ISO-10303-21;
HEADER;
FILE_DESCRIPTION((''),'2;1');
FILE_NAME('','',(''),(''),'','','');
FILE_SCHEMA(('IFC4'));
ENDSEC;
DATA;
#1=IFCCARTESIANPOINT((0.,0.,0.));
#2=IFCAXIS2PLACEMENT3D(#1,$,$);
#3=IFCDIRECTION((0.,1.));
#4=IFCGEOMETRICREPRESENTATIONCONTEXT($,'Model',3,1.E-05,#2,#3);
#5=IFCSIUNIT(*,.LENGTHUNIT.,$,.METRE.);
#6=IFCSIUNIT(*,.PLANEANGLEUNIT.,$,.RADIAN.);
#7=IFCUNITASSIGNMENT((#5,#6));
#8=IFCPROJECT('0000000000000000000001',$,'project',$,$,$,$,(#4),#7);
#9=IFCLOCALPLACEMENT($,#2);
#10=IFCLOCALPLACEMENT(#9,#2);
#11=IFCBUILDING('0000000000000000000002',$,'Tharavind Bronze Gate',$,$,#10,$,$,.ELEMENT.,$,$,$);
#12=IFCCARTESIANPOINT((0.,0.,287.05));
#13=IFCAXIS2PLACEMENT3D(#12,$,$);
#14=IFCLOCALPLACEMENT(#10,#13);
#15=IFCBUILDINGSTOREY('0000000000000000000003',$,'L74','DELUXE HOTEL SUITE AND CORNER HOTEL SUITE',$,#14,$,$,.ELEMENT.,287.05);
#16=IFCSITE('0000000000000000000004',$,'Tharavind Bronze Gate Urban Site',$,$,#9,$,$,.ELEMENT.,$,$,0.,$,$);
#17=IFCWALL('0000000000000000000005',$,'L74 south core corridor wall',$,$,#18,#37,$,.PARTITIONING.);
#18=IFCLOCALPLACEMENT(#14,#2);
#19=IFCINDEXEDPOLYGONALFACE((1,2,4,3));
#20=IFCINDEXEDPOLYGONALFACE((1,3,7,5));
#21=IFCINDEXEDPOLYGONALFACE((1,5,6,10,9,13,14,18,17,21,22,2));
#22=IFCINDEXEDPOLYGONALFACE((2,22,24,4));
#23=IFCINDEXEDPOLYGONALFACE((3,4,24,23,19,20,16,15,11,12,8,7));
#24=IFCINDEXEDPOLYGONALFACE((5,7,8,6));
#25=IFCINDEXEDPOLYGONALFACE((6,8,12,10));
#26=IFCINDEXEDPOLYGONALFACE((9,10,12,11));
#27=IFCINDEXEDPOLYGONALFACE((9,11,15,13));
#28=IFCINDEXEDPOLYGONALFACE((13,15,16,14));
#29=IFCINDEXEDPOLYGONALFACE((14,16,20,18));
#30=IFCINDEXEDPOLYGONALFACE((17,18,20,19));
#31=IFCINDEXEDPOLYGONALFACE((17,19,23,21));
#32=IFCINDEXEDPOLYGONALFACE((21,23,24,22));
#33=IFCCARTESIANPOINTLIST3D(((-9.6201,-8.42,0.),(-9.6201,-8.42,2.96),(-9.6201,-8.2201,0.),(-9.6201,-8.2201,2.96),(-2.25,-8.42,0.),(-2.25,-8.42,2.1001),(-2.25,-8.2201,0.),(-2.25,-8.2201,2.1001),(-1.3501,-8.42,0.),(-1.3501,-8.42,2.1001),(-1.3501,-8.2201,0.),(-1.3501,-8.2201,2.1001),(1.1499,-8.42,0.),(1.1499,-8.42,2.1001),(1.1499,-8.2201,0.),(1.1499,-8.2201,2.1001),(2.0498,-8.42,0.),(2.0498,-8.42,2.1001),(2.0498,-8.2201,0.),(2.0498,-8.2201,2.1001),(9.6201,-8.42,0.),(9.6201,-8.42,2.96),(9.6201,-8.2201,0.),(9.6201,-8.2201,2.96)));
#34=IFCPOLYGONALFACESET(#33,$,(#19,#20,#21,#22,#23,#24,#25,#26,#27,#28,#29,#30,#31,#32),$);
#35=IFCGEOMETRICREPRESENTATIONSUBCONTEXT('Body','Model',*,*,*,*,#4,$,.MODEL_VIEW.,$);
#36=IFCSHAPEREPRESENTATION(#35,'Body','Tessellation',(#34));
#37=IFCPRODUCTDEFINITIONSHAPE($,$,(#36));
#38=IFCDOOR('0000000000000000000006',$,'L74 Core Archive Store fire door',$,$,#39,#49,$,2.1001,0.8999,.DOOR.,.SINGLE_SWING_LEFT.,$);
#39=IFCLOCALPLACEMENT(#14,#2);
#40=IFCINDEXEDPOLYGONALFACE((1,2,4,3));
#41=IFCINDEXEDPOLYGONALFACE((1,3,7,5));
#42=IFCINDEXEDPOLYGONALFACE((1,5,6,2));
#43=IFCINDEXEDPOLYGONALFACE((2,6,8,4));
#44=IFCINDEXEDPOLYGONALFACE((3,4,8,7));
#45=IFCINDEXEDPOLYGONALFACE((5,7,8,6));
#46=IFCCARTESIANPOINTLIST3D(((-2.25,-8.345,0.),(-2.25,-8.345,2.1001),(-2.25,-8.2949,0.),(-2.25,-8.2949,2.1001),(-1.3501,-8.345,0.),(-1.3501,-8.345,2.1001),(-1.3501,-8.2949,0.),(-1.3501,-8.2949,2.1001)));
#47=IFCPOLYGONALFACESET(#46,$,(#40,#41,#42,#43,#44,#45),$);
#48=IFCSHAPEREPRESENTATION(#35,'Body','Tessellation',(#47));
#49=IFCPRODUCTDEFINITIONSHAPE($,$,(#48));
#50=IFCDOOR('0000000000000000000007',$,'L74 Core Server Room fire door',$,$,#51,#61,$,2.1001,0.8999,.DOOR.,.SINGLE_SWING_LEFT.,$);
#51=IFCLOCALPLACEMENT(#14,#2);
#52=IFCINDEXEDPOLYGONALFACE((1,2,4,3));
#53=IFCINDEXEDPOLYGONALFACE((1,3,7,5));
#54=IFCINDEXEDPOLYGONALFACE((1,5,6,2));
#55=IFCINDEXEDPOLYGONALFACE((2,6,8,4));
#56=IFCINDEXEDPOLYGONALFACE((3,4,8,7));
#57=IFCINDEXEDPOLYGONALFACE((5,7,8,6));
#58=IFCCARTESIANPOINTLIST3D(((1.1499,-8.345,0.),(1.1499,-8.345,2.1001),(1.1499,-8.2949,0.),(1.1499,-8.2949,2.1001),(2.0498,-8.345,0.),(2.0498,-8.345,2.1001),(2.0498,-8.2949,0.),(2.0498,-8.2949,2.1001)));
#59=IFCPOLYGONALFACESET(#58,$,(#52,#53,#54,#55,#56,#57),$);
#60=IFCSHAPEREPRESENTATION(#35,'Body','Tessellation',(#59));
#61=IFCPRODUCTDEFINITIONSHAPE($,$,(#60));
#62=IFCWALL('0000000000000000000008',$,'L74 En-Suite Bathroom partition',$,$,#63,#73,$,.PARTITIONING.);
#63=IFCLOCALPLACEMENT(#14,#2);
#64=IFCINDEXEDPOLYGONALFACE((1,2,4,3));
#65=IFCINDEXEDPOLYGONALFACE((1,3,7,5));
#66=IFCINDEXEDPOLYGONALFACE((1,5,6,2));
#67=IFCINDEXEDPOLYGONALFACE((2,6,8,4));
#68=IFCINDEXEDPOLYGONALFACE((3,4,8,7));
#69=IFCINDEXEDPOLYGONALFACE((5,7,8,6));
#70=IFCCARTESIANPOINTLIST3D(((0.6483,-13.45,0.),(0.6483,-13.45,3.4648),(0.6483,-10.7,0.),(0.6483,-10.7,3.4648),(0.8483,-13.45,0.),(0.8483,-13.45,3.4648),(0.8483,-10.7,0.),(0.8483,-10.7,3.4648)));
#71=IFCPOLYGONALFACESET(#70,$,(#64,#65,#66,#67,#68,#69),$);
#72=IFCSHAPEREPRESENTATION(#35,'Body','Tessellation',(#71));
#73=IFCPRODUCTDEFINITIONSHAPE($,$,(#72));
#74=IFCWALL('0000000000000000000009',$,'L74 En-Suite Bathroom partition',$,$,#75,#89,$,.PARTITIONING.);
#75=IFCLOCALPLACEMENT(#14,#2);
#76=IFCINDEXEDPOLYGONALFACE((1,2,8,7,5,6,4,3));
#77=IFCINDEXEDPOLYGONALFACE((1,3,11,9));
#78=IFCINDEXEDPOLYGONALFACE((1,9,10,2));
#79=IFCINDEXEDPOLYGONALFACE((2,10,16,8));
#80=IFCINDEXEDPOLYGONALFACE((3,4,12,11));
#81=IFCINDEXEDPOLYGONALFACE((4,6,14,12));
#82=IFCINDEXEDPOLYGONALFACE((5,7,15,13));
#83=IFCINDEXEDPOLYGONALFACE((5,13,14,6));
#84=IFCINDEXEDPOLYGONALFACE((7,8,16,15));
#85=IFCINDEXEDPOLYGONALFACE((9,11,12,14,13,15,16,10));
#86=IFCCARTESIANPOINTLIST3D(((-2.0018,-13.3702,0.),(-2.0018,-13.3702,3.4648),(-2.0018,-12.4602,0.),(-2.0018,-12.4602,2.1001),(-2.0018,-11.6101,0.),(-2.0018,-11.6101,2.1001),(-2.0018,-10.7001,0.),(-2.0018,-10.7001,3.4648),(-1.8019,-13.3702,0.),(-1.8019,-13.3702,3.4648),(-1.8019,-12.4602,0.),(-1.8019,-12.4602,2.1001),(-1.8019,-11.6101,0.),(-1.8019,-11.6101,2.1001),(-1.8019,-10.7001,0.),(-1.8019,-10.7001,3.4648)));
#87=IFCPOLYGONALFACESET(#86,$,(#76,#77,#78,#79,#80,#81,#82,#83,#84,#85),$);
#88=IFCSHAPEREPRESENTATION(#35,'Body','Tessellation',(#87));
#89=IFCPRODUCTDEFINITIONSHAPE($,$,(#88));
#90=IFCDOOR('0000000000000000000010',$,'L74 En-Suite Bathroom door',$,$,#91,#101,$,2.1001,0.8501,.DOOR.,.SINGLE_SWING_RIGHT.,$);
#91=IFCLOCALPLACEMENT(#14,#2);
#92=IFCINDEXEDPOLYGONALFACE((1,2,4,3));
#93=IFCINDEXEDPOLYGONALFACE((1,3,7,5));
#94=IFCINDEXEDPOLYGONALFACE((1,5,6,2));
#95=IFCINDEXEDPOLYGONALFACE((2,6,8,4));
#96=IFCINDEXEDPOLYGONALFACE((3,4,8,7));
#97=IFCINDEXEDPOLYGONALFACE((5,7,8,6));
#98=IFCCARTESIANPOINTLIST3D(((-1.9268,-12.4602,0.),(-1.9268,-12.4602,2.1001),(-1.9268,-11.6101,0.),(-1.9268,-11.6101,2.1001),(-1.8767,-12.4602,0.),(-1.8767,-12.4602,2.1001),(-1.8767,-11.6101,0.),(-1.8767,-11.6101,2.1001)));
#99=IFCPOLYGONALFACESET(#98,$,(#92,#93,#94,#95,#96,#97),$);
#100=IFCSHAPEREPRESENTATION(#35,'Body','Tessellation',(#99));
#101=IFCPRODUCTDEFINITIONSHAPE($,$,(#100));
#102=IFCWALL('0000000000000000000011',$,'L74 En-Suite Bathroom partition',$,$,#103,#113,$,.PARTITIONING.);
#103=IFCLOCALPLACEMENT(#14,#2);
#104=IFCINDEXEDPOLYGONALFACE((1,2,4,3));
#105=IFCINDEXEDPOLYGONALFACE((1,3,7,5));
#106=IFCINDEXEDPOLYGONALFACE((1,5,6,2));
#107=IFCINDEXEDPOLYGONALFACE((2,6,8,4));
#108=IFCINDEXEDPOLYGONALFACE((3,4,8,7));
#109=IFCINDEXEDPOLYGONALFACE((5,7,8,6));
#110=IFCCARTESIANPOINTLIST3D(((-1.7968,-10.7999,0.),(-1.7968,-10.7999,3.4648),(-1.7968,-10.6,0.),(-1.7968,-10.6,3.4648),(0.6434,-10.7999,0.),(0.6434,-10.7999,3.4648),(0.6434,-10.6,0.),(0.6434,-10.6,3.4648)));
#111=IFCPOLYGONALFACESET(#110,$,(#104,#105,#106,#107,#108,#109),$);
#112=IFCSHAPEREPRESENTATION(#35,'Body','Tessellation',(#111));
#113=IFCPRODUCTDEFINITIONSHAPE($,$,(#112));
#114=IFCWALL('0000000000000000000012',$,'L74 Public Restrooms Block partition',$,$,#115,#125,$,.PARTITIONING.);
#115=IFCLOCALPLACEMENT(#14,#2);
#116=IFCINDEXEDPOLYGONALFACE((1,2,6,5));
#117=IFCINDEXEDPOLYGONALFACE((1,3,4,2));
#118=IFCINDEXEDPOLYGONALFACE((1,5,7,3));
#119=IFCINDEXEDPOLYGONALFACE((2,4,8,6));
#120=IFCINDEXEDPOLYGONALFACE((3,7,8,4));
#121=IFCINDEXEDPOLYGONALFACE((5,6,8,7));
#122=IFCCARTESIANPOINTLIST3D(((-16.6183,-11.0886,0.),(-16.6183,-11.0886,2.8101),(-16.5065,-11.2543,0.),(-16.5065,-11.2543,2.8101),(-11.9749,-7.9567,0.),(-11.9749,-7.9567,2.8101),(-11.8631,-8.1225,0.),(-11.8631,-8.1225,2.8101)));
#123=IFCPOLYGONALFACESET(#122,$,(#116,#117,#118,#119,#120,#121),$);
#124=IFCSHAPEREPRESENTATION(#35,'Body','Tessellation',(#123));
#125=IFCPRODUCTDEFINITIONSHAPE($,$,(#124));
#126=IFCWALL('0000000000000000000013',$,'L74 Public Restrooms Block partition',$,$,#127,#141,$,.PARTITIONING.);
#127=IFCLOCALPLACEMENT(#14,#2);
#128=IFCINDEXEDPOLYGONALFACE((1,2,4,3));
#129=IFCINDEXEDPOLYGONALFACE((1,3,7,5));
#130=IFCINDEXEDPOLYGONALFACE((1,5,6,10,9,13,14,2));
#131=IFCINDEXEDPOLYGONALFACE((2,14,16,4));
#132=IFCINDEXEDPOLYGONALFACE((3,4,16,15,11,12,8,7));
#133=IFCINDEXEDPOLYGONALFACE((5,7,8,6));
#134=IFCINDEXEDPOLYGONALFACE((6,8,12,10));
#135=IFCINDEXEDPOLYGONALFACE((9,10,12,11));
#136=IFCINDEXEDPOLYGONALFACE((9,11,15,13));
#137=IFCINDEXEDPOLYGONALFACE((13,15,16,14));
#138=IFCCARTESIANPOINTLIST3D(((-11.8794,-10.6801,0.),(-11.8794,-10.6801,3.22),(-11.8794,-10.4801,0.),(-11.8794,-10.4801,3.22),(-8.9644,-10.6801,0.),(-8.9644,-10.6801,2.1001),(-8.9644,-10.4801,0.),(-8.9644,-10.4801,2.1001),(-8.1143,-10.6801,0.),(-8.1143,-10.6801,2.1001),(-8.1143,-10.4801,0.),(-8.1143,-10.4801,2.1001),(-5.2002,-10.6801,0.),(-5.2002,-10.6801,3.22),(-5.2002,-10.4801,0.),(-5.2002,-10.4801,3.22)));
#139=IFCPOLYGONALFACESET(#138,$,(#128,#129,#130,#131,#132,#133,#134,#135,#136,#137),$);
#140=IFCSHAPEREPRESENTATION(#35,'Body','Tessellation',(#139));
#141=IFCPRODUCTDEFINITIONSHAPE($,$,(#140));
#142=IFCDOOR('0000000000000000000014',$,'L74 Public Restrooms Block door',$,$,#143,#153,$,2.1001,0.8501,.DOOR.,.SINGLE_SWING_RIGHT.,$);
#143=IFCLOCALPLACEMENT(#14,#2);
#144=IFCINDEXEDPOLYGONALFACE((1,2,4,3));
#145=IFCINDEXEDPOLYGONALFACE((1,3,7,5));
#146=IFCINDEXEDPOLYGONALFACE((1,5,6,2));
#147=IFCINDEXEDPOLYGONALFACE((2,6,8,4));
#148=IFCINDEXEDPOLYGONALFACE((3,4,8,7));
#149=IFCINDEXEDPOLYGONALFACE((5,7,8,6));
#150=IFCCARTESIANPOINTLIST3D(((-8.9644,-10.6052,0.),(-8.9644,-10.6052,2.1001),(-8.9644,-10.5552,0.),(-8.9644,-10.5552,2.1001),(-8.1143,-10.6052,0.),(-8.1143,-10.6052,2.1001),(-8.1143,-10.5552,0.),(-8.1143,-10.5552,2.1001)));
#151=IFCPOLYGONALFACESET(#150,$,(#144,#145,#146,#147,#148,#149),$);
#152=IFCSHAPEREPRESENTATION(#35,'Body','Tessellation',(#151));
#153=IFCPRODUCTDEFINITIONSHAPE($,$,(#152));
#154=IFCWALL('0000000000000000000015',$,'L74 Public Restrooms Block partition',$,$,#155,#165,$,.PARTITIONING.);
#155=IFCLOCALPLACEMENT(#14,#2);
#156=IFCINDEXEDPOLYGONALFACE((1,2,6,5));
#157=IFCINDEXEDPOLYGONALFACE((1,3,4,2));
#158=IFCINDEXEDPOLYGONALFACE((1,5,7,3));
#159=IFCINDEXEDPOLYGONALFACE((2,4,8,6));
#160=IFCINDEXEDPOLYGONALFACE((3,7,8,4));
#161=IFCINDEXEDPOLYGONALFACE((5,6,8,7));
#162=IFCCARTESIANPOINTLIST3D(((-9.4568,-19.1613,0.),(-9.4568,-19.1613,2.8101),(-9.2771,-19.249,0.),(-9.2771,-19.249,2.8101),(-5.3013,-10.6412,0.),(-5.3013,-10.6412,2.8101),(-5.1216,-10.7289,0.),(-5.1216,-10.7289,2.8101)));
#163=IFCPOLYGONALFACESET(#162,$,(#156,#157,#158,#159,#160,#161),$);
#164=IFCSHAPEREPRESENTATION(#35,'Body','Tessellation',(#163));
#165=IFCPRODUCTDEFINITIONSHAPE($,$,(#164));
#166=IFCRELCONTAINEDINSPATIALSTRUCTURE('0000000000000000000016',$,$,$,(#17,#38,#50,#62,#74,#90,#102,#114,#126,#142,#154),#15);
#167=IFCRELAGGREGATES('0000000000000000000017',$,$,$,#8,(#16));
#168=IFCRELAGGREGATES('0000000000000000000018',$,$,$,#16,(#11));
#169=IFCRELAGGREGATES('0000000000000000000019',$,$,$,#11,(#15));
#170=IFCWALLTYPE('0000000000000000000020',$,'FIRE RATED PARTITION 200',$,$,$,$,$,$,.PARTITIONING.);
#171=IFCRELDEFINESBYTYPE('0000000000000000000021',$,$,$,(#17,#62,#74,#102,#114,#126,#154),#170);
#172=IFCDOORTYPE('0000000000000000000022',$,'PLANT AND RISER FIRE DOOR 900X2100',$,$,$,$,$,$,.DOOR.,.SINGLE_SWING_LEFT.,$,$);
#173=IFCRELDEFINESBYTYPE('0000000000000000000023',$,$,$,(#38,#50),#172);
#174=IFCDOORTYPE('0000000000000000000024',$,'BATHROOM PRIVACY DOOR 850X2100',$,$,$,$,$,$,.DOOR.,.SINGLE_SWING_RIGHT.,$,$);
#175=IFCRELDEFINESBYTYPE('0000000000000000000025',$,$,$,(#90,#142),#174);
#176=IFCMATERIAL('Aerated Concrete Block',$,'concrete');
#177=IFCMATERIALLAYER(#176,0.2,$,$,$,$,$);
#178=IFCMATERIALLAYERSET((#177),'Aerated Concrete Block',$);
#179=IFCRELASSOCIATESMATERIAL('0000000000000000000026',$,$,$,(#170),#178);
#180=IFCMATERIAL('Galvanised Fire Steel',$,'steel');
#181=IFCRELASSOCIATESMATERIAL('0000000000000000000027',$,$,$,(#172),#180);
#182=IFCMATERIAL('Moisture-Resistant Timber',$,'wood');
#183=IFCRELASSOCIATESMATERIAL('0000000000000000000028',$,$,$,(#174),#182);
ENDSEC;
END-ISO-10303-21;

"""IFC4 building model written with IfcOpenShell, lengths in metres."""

from ifc_helpers import new_model, si_unit, direction, frame, frame_2d, origin, place, context, subcontext, project, spatial, rectangle, extrude, material, layer, layer_set, type_object, element, fill, save


model = new_model("IFC4")

# Units and contexts
model_context = context("Model", 3, precision=1e-05, world=origin(), true_north=direction((0.0, 1.0)))
body_context = subcontext(model_context, "Body", "Model", "MODEL_VIEW")
ifc_project = project(units=[si_unit("LENGTHUNIT", "METRE"), si_unit("PLANEANGLEUNIT", "RADIAN")], contexts=[model_context])

# Site, building, storey
site_placement = place(None, origin())
site = spatial("IfcSite", under=ifc_project, at=site_placement, Name="Tharavind Bronze Gate Urban Site", CompositionType="ELEMENT", RefElevation=0.0)
building_placement = place(site_placement, origin())
building = spatial("IfcBuilding", under=site, at=building_placement, Name="Tharavind Bronze Gate", CompositionType="ELEMENT")
storey_placement = place(building_placement, frame((0.0, 0.0, 287.05)))
storey = spatial("IfcBuildingStorey", under=building, at=storey_placement, Name="L74", Description="DELUXE HOTEL SUITE AND CORNER HOTEL SUITE", CompositionType="ELEMENT", Elevation=287.05)

# Wall, openings, doors
ifc_material_1 = material(Name="Aerated Concrete Block", Category="concrete")
ifc_layer_1 = layer(ifc_material_1, 0.2)
ifc_layer_set_1 = layer_set([ifc_layer_1], Name="Aerated Concrete Block")
wall_type_1 = type_object("IfcWallType", Name="FIRE RATED PARTITION 200", PredefinedType="PARTITIONING", material=ifc_layer_set_1)
wall_1_placement = place(storey_placement, frame((-9.6201, -8.3201, 0.0), z_axis=(0.0, 0.0, 1.0), x_axis=(1.0, 0.0, 0.0)))
wall_1 = element("IfcWall", 1, at=wall_1_placement, inside=storey, type_object=wall_type_1, Name="L74 south core corridor wall", PredefinedType="PARTITIONING", context=body_context, shape_type="SweptSolid", body=[
    extrude(rectangle(XDim=19.2402, YDim=0.2, at=frame_2d((9.6201, 0.0))), origin(), (0.0, 0.0, 1.0), 2.96),
])
opening_1_placement = place(wall_1_placement, frame((7.3701, 0.0, 0.0)))
opening_1 = element("IfcOpeningElement", 2, at=opening_1_placement, cuts=wall_1, PredefinedType="OPENING", context=body_context, shape_type="SweptSolid", body=[
    extrude(rectangle(XDim=0.8999, YDim=2.1001, at=frame_2d((0.45, 1.05))), frame((0.0, 0.1101, 0.0), z_axis=(0.0, -1.0, 0.0), x_axis=(1.0, 0.0, 0.0)), (0.0, 0.0, 1.0), 0.22),
])
opening_2_placement = place(wall_1_placement, frame((10.77, 0.0, 0.0)))
opening_2 = element("IfcOpeningElement", 3, at=opening_2_placement, cuts=wall_1, PredefinedType="OPENING", context=body_context, shape_type="SweptSolid", body=[
    extrude(rectangle(XDim=0.8999, YDim=2.1001, at=frame_2d((0.45, 1.05))), frame((0.0, 0.1101, 0.0), z_axis=(0.0, -1.0, 0.0), x_axis=(1.0, 0.0, 0.0)), (0.0, 0.0, 1.0), 0.22),
])
ifc_material_2 = material(Name="Galvanised Fire Steel", Category="steel")
door_type_1 = type_object("IfcDoorType", Name="PLANT AND RISER FIRE DOOR 900X2100", OperationType="SINGLE_SWING_LEFT", PredefinedType="DOOR", material=ifc_material_2)
door_1_placement = place(opening_1_placement, frame((0.8999, 0.0, 0.0), z_axis=(0.0, 0.0, 1.0), x_axis=(-1.0, 0.0, 0.0)))
door_1 = element("IfcDoor", 4, at=door_1_placement, inside=storey, type_object=door_type_1, Name="L74 Core Archive Store fire door", OperationType="SINGLE_SWING_LEFT", OverallHeight=2.1001, OverallWidth=0.8999, PredefinedType="DOOR", context=body_context, shape_type="SweptSolid", body=[
    extrude(rectangle(XDim=0.8999, YDim=2.1001, at=frame_2d((0.45, 1.05))), frame((0.0, 0.0249, 0.0), z_axis=(0.0, -1.0, 0.0), x_axis=(1.0, 0.0, 0.0)), (0.0, 0.0, 1.0), 0.05),
])
fill(opening_1, door_1)
door_2_placement = place(opening_2_placement, frame((0.8999, 0.0, 0.0), z_axis=(0.0, 0.0, 1.0), x_axis=(-1.0, 0.0, 0.0)))
door_2 = element("IfcDoor", 5, at=door_2_placement, inside=storey, type_object=door_type_1, Name="L74 Core Server Room fire door", OperationType="SINGLE_SWING_LEFT", OverallHeight=2.1001, OverallWidth=0.8999, PredefinedType="DOOR", context=body_context, shape_type="SweptSolid", body=[
    extrude(rectangle(XDim=0.8999, YDim=2.1001, at=frame_2d((0.45, 1.05))), frame((0.0, 0.0249, 0.0), z_axis=(0.0, -1.0, 0.0), x_axis=(1.0, 0.0, 0.0)), (0.0, 0.0, 1.0), 0.05),
])
fill(opening_2, door_2)

# Wall
wall_2_placement = place(storey_placement, frame((0.7483, -10.7, 0.0), z_axis=(0.0, 0.0, 1.0), x_axis=(0.0, -1.0, 0.0)))
element("IfcWall", 6, at=wall_2_placement, inside=storey, type_object=wall_type_1, Name="L74 En-Suite Bathroom partition", PredefinedType="PARTITIONING", context=body_context, shape_type="SweptSolid", body=[
    extrude(rectangle(XDim=2.75, YDim=0.2, at=frame_2d((1.375, 0.0))), origin(), (0.0, 0.0, 1.0), 3.4648),
])

# Wall, opening, door
wall_3_placement = place(storey_placement, frame((-1.9019, -13.3701, 0.0), z_axis=(0.0, 0.0, 1.0), x_axis=(0.0, 1.0, 0.0)))
wall_3 = element("IfcWall", 7, at=wall_3_placement, inside=storey, type_object=wall_type_1, Name="L74 En-Suite Bathroom partition", PredefinedType="PARTITIONING", context=body_context, shape_type="SweptSolid", body=[
    extrude(rectangle(XDim=2.6702, YDim=0.2, at=frame_2d((1.335, 0.0))), origin(), (0.0, 0.0, 1.0), 3.4648),
])
opening_3_placement = place(wall_3_placement, frame((0.9099, 0.0, 0.0)))
opening_3 = element("IfcOpeningElement", 8, at=opening_3_placement, cuts=wall_3, PredefinedType="OPENING", context=body_context, shape_type="SweptSolid", body=[
    extrude(rectangle(XDim=0.8501, YDim=2.1001, at=frame_2d((0.425, 1.05))), frame((0.0, 0.1101, 0.0), z_axis=(0.0, -1.0, 0.0), x_axis=(1.0, 0.0, 0.0)), (0.0, 0.0, 1.0), 0.22),
])
ifc_material_3 = material(Name="Moisture-Resistant Timber", Category="wood")
door_type_2 = type_object("IfcDoorType", Name="BATHROOM PRIVACY DOOR 850X2100", OperationType="SINGLE_SWING_RIGHT", PredefinedType="DOOR", material=ifc_material_3)
door_3_placement = place(opening_3_placement, origin())
door_3 = element("IfcDoor", 9, at=door_3_placement, inside=storey, type_object=door_type_2, Name="L74 En-Suite Bathroom door", OperationType="SINGLE_SWING_RIGHT", OverallHeight=2.1001, OverallWidth=0.8501, PredefinedType="DOOR", context=body_context, shape_type="SweptSolid", body=[
    extrude(rectangle(XDim=0.8501, YDim=2.1001, at=frame_2d((0.425, 1.05))), frame((0.0, 0.0249, 0.0), z_axis=(0.0, -1.0, 0.0), x_axis=(1.0, 0.0, 0.0)), (0.0, 0.0, 1.0), 0.05),
])
fill(opening_3, door_3)

# Walls
wall_4_placement = place(storey_placement, frame((-1.7969, -10.7, 0.0), z_axis=(0.0, 0.0, 1.0), x_axis=(1.0, 0.0, 0.0)))
element("IfcWall", 10, at=wall_4_placement, inside=storey, type_object=wall_type_1, Name="L74 En-Suite Bathroom partition", PredefinedType="PARTITIONING", context=body_context, shape_type="SweptSolid", body=[
    extrude(rectangle(XDim=2.4402, YDim=0.2, at=frame_2d((1.2202, 0.0))), origin(), (0.0, 0.0, 1.0), 3.4648),
])
wall_5_placement = place(storey_placement, frame((-16.5623, -11.1714, 0.0), z_axis=(0.0, 0.0, 1.0), x_axis=(0.829047, 0.559179, 0.0)))
element("IfcWall", 11, at=wall_5_placement, inside=storey, type_object=wall_type_1, Name="L74 Public Restrooms Block partition", PredefinedType="PARTITIONING", context=body_context, shape_type="SweptSolid", body=[
    extrude(rectangle(XDim=5.6008, YDim=0.2, at=frame_2d((2.8003, 0.0))), origin(), (0.0, 0.0, 1.0), 2.8101),
])

# Wall, opening, door
wall_6_placement = place(storey_placement, frame((-11.8794, -10.5801, 0.0), z_axis=(0.0, 0.0, 1.0), x_axis=(1.0, 0.0, 0.0)))
wall_6 = element("IfcWall", 12, at=wall_6_placement, inside=storey, type_object=wall_type_1, Name="L74 Public Restrooms Block partition", PredefinedType="PARTITIONING", context=body_context, shape_type="SweptSolid", body=[
    extrude(rectangle(XDim=6.6792, YDim=0.2, at=frame_2d((3.3396, 0.0))), origin(), (0.0, 0.0, 1.0), 3.22),
])
opening_4_placement = place(wall_6_placement, frame((2.915, 0.0, 0.0)))
opening_4 = element("IfcOpeningElement", 13, at=opening_4_placement, cuts=wall_6, PredefinedType="OPENING", context=body_context, shape_type="SweptSolid", body=[
    extrude(rectangle(XDim=0.8501, YDim=2.1001, at=frame_2d((0.425, 1.05))), frame((0.0, 0.1101, 0.0), z_axis=(0.0, -1.0, 0.0), x_axis=(1.0, 0.0, 0.0)), (0.0, 0.0, 1.0), 0.22),
])
door_4_placement = place(opening_4_placement, origin())
door_4 = element("IfcDoor", 14, at=door_4_placement, inside=storey, type_object=door_type_2, Name="L74 Public Restrooms Block door", OperationType="SINGLE_SWING_RIGHT", OverallHeight=2.1001, OverallWidth=0.8501, PredefinedType="DOOR", context=body_context, shape_type="SweptSolid", body=[
    extrude(rectangle(XDim=0.8501, YDim=2.1001, at=frame_2d((0.425, 1.05))), frame((0.0, 0.0249, 0.0), z_axis=(0.0, -1.0, 0.0), x_axis=(1.0, 0.0, 0.0)), (0.0, 0.0, 1.0), 0.05),
])
fill(opening_4, door_4)

# Wall
wall_7_placement = place(storey_placement, frame((-5.2114, -10.6851, 0.0), z_axis=(0.0, 0.0, 1.0), x_axis=(-0.438373, -0.898793, 0.0)))
element("IfcWall", 15, at=wall_7_placement, inside=storey, type_object=wall_type_1, Name="L74 Public Restrooms Block partition", PredefinedType="PARTITIONING", context=body_context, shape_type="SweptSolid", body=[
    extrude(rectangle(XDim=9.4795, YDim=0.2, at=frame_2d((4.7397, 0.0))), origin(), (0.0, 0.0, 1.0), 2.8101),
])

save(model, "model.ifc")
